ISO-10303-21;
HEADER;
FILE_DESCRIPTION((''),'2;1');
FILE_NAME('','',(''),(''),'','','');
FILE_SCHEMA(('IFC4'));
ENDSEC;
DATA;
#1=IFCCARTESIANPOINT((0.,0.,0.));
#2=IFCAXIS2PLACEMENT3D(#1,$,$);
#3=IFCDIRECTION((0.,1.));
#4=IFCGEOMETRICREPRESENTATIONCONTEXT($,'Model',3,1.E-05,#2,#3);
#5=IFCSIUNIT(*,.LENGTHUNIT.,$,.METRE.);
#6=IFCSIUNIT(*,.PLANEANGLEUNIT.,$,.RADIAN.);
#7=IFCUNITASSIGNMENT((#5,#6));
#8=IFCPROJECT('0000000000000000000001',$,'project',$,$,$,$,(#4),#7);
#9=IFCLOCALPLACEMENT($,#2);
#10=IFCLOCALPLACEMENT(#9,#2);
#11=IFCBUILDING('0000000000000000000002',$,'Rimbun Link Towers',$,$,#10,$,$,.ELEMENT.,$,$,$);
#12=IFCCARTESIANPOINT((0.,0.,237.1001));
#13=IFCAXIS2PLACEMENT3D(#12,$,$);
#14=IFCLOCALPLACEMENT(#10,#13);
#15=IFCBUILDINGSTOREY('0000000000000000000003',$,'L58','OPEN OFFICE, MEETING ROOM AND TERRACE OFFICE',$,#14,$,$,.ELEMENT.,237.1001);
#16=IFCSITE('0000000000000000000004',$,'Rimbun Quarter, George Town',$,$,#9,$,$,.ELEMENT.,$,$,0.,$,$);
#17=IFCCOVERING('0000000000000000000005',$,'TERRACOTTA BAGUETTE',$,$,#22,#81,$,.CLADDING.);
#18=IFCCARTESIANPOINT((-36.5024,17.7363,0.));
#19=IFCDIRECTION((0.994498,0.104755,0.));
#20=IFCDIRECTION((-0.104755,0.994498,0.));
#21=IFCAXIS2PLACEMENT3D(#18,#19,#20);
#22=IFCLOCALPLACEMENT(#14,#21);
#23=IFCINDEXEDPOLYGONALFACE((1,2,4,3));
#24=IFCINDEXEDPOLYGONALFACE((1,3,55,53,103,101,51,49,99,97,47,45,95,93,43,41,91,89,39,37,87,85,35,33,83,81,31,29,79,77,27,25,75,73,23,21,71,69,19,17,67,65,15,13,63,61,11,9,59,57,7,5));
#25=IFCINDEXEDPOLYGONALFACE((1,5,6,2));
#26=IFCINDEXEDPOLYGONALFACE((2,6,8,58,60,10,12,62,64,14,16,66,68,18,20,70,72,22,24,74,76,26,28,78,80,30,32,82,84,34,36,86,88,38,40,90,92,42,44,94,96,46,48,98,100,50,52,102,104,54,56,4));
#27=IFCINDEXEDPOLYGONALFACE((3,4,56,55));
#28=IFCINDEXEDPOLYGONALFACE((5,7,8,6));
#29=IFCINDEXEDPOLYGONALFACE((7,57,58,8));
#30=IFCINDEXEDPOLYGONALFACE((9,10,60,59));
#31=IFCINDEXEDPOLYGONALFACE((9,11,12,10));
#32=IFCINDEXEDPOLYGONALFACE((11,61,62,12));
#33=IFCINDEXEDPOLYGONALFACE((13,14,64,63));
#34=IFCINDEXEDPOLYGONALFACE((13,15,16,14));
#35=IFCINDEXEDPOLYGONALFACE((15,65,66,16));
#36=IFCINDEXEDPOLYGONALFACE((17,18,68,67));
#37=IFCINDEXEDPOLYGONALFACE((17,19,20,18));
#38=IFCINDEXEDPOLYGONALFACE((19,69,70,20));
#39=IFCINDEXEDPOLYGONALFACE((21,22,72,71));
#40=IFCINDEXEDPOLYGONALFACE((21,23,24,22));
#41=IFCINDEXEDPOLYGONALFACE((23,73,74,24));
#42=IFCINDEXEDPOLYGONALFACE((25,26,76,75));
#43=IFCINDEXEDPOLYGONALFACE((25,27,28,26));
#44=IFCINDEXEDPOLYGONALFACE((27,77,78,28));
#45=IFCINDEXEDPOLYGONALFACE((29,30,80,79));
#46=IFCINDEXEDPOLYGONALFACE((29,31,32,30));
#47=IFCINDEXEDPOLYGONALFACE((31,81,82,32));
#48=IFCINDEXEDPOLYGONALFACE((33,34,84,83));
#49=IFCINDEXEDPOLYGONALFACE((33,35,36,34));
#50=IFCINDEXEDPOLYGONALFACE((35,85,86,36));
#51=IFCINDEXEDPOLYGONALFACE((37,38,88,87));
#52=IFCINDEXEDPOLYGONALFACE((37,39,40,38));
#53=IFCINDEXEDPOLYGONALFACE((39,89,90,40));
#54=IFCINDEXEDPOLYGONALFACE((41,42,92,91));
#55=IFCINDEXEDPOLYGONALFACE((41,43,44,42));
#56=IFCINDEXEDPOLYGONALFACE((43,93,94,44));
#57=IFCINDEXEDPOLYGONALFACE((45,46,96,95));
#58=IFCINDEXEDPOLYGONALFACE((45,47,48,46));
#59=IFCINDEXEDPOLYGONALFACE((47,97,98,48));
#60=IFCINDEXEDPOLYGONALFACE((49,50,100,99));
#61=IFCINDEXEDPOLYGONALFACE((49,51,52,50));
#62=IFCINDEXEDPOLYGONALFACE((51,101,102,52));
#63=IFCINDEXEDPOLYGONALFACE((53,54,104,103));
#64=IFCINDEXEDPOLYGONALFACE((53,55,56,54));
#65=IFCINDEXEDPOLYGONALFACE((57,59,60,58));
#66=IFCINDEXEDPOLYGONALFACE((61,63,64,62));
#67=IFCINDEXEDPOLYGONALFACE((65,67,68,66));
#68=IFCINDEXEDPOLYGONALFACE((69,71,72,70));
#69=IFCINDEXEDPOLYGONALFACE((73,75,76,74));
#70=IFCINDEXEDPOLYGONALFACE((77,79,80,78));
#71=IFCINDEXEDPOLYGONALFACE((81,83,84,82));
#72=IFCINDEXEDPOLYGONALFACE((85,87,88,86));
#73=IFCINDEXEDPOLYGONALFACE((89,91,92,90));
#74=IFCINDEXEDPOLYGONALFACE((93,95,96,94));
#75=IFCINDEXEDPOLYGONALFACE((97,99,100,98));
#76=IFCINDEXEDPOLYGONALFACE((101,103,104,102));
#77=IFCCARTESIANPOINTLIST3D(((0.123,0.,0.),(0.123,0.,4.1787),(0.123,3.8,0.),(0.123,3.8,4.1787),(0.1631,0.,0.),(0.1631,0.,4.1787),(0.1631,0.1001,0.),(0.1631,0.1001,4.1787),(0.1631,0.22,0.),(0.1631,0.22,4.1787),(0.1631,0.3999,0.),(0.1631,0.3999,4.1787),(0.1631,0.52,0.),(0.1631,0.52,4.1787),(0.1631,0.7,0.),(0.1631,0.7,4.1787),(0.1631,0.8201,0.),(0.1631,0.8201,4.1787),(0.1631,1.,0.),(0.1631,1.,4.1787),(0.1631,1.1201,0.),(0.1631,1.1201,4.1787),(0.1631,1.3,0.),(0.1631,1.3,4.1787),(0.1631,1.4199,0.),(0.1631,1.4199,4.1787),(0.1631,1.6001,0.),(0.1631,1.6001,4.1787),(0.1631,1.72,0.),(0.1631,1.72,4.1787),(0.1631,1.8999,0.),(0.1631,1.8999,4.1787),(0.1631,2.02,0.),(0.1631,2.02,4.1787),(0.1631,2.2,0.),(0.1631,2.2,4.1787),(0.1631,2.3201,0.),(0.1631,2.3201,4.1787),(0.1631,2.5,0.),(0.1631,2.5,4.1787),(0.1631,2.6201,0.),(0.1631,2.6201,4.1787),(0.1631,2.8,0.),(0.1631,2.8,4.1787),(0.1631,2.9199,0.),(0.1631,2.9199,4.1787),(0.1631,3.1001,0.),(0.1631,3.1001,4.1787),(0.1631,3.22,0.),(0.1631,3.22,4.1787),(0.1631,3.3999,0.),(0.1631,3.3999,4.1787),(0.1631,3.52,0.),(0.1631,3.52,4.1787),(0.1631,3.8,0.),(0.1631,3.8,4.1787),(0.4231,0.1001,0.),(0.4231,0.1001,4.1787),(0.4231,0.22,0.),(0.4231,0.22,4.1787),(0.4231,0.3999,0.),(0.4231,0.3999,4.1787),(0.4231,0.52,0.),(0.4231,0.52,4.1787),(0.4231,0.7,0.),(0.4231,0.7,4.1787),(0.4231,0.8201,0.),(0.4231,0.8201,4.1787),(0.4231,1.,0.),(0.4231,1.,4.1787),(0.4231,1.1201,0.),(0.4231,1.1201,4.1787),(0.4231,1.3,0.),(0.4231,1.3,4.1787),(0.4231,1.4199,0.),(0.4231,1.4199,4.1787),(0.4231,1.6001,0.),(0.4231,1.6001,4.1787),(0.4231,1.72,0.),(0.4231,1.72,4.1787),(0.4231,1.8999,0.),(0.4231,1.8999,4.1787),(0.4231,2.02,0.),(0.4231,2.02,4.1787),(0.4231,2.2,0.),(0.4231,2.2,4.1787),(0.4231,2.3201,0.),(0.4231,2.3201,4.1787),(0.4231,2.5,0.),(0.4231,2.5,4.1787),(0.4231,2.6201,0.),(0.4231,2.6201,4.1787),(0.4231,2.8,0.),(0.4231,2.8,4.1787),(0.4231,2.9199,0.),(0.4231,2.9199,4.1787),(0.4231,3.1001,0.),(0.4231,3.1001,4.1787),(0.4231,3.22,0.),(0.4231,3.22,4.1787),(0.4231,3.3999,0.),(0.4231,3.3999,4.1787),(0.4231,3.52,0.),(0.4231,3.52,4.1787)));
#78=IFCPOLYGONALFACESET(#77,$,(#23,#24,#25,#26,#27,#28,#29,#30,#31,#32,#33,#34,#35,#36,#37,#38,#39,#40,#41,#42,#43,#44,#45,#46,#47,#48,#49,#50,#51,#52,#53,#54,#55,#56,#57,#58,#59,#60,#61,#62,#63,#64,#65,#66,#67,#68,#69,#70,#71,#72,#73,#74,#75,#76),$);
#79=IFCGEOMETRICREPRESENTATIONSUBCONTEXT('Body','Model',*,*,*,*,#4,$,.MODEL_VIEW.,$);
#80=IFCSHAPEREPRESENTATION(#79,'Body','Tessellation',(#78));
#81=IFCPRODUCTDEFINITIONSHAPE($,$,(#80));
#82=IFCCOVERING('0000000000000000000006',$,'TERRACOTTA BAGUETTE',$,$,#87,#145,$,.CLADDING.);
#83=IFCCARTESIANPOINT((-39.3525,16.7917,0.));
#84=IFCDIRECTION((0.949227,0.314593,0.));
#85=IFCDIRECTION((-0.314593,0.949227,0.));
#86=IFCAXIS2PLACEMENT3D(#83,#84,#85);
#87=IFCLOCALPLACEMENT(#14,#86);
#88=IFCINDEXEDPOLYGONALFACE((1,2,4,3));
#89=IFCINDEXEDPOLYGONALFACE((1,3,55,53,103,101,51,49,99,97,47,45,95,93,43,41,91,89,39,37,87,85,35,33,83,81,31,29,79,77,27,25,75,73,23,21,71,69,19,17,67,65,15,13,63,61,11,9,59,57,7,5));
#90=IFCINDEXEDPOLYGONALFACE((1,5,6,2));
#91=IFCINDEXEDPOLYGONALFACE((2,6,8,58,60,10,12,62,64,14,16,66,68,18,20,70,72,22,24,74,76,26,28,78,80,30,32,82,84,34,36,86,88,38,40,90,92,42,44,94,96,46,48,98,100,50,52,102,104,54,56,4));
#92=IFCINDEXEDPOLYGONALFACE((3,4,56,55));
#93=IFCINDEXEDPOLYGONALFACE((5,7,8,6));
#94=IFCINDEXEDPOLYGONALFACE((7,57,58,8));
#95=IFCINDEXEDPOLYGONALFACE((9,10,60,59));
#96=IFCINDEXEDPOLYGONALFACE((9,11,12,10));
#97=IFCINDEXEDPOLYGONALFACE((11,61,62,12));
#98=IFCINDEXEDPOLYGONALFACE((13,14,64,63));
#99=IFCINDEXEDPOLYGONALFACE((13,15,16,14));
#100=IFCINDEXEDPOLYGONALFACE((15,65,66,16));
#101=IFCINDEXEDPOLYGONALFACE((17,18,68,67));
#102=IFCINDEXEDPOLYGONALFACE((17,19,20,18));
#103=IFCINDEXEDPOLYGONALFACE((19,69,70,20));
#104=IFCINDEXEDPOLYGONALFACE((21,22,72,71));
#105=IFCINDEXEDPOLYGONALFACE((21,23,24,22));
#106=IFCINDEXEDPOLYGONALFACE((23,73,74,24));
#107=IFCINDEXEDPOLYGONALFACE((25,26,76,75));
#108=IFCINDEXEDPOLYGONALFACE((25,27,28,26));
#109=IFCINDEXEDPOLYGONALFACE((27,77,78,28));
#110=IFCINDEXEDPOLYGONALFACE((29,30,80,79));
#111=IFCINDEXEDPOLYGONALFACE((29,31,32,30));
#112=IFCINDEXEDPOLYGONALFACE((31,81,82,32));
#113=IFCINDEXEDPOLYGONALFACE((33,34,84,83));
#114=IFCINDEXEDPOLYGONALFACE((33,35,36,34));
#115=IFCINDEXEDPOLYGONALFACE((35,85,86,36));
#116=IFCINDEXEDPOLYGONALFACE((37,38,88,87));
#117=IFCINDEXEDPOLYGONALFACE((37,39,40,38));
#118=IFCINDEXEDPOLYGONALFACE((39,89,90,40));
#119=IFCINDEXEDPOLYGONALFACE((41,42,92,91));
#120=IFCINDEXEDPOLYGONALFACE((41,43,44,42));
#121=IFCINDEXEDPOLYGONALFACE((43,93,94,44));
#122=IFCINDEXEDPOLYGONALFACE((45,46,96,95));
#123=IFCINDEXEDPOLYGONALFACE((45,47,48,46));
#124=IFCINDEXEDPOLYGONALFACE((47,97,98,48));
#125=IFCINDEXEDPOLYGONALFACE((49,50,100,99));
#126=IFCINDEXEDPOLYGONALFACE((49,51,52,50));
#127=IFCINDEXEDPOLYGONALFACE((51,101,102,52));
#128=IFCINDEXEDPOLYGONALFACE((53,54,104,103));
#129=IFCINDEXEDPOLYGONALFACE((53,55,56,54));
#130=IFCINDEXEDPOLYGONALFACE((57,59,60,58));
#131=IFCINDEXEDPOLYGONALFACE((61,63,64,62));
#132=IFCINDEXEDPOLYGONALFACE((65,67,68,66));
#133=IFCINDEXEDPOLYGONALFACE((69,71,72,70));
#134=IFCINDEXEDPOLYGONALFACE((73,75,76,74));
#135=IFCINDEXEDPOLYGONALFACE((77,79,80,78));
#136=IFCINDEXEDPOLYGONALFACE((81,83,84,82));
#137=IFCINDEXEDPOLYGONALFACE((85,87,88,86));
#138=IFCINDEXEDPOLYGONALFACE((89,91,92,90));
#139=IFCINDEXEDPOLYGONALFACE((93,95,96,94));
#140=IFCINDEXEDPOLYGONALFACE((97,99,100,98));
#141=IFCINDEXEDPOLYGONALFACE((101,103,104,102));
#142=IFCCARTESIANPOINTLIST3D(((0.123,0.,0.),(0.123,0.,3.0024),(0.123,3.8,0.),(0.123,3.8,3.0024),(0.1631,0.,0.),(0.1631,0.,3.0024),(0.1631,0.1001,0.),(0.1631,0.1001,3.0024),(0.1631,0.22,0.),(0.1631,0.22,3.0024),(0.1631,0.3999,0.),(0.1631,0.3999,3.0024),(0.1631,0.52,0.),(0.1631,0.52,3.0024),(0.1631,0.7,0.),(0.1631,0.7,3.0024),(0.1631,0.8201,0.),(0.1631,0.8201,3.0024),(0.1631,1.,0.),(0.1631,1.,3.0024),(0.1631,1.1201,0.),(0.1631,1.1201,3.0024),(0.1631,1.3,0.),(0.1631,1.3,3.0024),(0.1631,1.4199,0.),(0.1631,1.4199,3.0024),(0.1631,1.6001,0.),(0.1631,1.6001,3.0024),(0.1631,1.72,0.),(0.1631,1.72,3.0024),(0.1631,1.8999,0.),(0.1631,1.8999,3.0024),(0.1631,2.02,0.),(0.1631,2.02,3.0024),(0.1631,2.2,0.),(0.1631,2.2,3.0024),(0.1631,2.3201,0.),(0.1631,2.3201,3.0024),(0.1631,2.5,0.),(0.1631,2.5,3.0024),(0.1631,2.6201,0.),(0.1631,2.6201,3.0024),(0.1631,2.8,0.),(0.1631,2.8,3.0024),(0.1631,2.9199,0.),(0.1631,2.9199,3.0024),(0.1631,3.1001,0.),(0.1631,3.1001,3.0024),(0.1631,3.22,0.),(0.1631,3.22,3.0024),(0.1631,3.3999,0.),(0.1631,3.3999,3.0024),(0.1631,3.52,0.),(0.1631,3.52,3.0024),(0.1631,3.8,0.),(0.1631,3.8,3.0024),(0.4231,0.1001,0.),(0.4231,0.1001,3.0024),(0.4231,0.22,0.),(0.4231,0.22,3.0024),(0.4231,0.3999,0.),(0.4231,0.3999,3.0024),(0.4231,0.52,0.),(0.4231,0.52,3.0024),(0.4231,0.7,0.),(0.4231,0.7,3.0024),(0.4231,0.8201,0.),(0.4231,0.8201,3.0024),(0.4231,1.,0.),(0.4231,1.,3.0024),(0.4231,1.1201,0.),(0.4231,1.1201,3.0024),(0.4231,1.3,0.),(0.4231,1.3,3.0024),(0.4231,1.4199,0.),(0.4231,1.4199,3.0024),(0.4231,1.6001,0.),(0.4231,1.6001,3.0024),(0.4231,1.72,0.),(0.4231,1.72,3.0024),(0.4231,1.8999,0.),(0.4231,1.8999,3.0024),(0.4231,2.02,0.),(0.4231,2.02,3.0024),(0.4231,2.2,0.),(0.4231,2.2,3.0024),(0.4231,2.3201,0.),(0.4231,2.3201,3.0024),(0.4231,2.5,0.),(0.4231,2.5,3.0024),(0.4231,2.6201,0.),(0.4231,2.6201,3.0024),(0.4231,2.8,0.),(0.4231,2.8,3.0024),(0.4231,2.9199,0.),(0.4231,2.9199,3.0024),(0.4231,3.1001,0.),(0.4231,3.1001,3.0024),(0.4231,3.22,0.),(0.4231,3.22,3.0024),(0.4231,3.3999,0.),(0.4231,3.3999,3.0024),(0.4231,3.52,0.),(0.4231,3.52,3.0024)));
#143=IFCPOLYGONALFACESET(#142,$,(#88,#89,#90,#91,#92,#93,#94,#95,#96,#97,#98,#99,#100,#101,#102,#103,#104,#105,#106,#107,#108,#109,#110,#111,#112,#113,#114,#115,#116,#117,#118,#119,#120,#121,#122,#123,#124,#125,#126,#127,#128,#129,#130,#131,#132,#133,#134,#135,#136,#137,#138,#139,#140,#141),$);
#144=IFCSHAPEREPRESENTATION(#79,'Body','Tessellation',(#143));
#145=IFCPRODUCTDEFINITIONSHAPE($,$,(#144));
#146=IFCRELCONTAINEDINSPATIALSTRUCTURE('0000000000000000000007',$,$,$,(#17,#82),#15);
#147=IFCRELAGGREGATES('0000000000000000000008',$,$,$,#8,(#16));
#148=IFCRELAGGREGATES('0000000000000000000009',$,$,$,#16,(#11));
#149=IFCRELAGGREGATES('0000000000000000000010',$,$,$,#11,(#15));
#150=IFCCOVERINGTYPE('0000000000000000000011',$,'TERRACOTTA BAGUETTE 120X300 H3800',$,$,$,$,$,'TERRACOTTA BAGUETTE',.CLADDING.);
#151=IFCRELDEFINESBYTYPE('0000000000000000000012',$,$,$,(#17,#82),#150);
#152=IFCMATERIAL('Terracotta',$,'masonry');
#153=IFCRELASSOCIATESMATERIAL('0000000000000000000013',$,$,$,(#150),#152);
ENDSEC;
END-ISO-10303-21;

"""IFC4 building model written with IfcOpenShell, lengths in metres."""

from ifc_helpers import new_model, si_unit, direction, frame, origin, place, context, subcontext, project, spatial, polyline, outline, extrude, material, material_profile, profile_set, type_object, element, save


model = new_model("IFC4")

# Units and contexts
model_context = context("Model", 3, precision=1e-05, world=origin(), true_north=direction((0.0, 1.0)))
body_context = subcontext(model_context, "Body", "Model", "MODEL_VIEW")
ifc_project = project(units=[si_unit("LENGTHUNIT", "METRE"), si_unit("PLANEANGLEUNIT", "RADIAN")], contexts=[model_context])

# Site, building, storey
site_placement = place(None, origin())
site = spatial("IfcSite", under=ifc_project, at=site_placement, Name="Rimbun Quarter, George Town", CompositionType="ELEMENT", RefElevation=0.0)
building_placement = place(site_placement, origin())
building = spatial("IfcBuilding", under=site, at=building_placement, Name="Rimbun Link Towers", CompositionType="ELEMENT")
storey_placement = place(building_placement, frame((0.0, 0.0, 237.1001)))
storey = spatial("IfcBuildingStorey", under=building, at=storey_placement, Name="L58", Description="OPEN OFFICE, MEETING ROOM AND TERRACE OFFICE", CompositionType="ELEMENT", Elevation=237.1001)

# Coverings
ifc_material_1 = material(Name="Terracotta", Category="masonry")
ifc_material_profile_1 = material_profile(ifc_material_1, outline(polyline([(0.123, 0.0), (0.1631, 0.0), (0.1631, 0.1001), (0.4231, 0.1001), (0.4231, 0.22), (0.1631, 0.22), (0.1631, 0.3999), (0.4231, 0.3999), (0.4231, 0.52), (0.1631, 0.52), (0.1631, 0.7), (0.4231, 0.7), (0.4231, 0.8201), (0.1631, 0.8201), (0.1631, 1.0), (0.4231, 1.0), (0.4231, 1.1201), (0.1631, 1.1201), (0.1631, 1.3), (0.4231, 1.3), (0.4231, 1.4199), (0.1631, 1.4199), (0.1631, 1.6001), (0.4231, 1.6001), (0.4231, 1.72), (0.1631, 1.72), (0.1631, 1.8999), (0.4231, 1.8999), (0.4231, 2.02), (0.1631, 2.02), (0.1631, 2.2), (0.4231, 2.2), (0.4231, 2.3201), (0.1631, 2.3201), (0.1631, 2.5), (0.4231, 2.5), (0.4231, 2.6201), (0.1631, 2.6201), (0.1631, 2.8), (0.4231, 2.8), (0.4231, 2.9199), (0.1631, 2.9199), (0.1631, 3.1001), (0.4231, 3.1001), (0.4231, 3.22), (0.1631, 3.22), (0.1631, 3.3999), (0.4231, 3.3999), (0.4231, 3.52), (0.1631, 3.52), (0.1631, 3.8), (0.123, 3.8), (0.123, 0.0)])), Name="BAGUETTE 120X300")
ifc_profile_set_1 = profile_set([ifc_material_profile_1], Name="Terracotta")
covering_type = type_object("IfcCoveringType", Name="TERRACOTTA BAGUETTE 120X300 H3800", ElementType="TERRACOTTA BAGUETTE", PredefinedType="CLADDING", material=ifc_profile_set_1)
covering_1_placement = place(storey_placement, frame((-36.5024, 17.7363, 0.0), z_axis=(0.994498, 0.104755, 0.0), x_axis=(-0.104755, 0.994498, 0.0)))
element("IfcCovering", 1, at=covering_1_placement, inside=storey, type_object=covering_type, Name="TERRACOTTA BAGUETTE", PredefinedType="CLADDING", context=body_context, shape_type="SweptSolid", body=[
    extrude(outline(polyline([(0.123, 0.0), (0.1631, 0.0), (0.1631, 0.1001), (0.4231, 0.1001), (0.4231, 0.22), (0.1631, 0.22), (0.1631, 0.3999), (0.4231, 0.3999), (0.4231, 0.52), (0.1631, 0.52), (0.1631, 0.7), (0.4231, 0.7), (0.4231, 0.8201), (0.1631, 0.8201), (0.1631, 1.0), (0.4231, 1.0), (0.4231, 1.1201), (0.1631, 1.1201), (0.1631, 1.3), (0.4231, 1.3), (0.4231, 1.4199), (0.1631, 1.4199), (0.1631, 1.6001), (0.4231, 1.6001), (0.4231, 1.72), (0.1631, 1.72), (0.1631, 1.8999), (0.4231, 1.8999), (0.4231, 2.02), (0.1631, 2.02), (0.1631, 2.2), (0.4231, 2.2), (0.4231, 2.3201), (0.1631, 2.3201), (0.1631, 2.5), (0.4231, 2.5), (0.4231, 2.6201), (0.1631, 2.6201), (0.1631, 2.8), (0.4231, 2.8), (0.4231, 2.9199), (0.1631, 2.9199), (0.1631, 3.1001), (0.4231, 3.1001), (0.4231, 3.22), (0.1631, 3.22), (0.1631, 3.3999), (0.4231, 3.3999), (0.4231, 3.52), (0.1631, 3.52), (0.1631, 3.8), (0.123, 3.8), (0.123, 0.0)])), origin(), (0.0, 0.0, 1.0), 4.1787),
])
covering_2_placement = place(storey_placement, frame((-39.3525, 16.7917, 0.0), z_axis=(0.949227, 0.314593, 0.0), x_axis=(-0.314593, 0.949227, 0.0)))
element("IfcCovering", 2, at=covering_2_placement, inside=storey, type_object=covering_type, Name="TERRACOTTA BAGUETTE", PredefinedType="CLADDING", context=body_context, shape_type="SweptSolid", body=[
    extrude(outline(polyline([(0.123, 0.0), (0.1631, 0.0), (0.1631, 0.1001), (0.4231, 0.1001), (0.4231, 0.22), (0.1631, 0.22), (0.1631, 0.3999), (0.4231, 0.3999), (0.4231, 0.52), (0.1631, 0.52), (0.1631, 0.7), (0.4231, 0.7), (0.4231, 0.8201), (0.1631, 0.8201), (0.1631, 1.0), (0.4231, 1.0), (0.4231, 1.1201), (0.1631, 1.1201), (0.1631, 1.3), (0.4231, 1.3), (0.4231, 1.4199), (0.1631, 1.4199), (0.1631, 1.6001), (0.4231, 1.6001), (0.4231, 1.72), (0.1631, 1.72), (0.1631, 1.8999), (0.4231, 1.8999), (0.4231, 2.02), (0.1631, 2.02), (0.1631, 2.2), (0.4231, 2.2), (0.4231, 2.3201), (0.1631, 2.3201), (0.1631, 2.5), (0.4231, 2.5), (0.4231, 2.6201), (0.1631, 2.6201), (0.1631, 2.8), (0.4231, 2.8), (0.4231, 2.9199), (0.1631, 2.9199), (0.1631, 3.1001), (0.4231, 3.1001), (0.4231, 3.22), (0.1631, 3.22), (0.1631, 3.3999), (0.4231, 3.3999), (0.4231, 3.52), (0.1631, 3.52), (0.1631, 3.8), (0.123, 3.8), (0.123, 0.0)])), origin(), (0.0, 0.0, 1.0), 3.0024),
])

save(model, "model.ifc")
